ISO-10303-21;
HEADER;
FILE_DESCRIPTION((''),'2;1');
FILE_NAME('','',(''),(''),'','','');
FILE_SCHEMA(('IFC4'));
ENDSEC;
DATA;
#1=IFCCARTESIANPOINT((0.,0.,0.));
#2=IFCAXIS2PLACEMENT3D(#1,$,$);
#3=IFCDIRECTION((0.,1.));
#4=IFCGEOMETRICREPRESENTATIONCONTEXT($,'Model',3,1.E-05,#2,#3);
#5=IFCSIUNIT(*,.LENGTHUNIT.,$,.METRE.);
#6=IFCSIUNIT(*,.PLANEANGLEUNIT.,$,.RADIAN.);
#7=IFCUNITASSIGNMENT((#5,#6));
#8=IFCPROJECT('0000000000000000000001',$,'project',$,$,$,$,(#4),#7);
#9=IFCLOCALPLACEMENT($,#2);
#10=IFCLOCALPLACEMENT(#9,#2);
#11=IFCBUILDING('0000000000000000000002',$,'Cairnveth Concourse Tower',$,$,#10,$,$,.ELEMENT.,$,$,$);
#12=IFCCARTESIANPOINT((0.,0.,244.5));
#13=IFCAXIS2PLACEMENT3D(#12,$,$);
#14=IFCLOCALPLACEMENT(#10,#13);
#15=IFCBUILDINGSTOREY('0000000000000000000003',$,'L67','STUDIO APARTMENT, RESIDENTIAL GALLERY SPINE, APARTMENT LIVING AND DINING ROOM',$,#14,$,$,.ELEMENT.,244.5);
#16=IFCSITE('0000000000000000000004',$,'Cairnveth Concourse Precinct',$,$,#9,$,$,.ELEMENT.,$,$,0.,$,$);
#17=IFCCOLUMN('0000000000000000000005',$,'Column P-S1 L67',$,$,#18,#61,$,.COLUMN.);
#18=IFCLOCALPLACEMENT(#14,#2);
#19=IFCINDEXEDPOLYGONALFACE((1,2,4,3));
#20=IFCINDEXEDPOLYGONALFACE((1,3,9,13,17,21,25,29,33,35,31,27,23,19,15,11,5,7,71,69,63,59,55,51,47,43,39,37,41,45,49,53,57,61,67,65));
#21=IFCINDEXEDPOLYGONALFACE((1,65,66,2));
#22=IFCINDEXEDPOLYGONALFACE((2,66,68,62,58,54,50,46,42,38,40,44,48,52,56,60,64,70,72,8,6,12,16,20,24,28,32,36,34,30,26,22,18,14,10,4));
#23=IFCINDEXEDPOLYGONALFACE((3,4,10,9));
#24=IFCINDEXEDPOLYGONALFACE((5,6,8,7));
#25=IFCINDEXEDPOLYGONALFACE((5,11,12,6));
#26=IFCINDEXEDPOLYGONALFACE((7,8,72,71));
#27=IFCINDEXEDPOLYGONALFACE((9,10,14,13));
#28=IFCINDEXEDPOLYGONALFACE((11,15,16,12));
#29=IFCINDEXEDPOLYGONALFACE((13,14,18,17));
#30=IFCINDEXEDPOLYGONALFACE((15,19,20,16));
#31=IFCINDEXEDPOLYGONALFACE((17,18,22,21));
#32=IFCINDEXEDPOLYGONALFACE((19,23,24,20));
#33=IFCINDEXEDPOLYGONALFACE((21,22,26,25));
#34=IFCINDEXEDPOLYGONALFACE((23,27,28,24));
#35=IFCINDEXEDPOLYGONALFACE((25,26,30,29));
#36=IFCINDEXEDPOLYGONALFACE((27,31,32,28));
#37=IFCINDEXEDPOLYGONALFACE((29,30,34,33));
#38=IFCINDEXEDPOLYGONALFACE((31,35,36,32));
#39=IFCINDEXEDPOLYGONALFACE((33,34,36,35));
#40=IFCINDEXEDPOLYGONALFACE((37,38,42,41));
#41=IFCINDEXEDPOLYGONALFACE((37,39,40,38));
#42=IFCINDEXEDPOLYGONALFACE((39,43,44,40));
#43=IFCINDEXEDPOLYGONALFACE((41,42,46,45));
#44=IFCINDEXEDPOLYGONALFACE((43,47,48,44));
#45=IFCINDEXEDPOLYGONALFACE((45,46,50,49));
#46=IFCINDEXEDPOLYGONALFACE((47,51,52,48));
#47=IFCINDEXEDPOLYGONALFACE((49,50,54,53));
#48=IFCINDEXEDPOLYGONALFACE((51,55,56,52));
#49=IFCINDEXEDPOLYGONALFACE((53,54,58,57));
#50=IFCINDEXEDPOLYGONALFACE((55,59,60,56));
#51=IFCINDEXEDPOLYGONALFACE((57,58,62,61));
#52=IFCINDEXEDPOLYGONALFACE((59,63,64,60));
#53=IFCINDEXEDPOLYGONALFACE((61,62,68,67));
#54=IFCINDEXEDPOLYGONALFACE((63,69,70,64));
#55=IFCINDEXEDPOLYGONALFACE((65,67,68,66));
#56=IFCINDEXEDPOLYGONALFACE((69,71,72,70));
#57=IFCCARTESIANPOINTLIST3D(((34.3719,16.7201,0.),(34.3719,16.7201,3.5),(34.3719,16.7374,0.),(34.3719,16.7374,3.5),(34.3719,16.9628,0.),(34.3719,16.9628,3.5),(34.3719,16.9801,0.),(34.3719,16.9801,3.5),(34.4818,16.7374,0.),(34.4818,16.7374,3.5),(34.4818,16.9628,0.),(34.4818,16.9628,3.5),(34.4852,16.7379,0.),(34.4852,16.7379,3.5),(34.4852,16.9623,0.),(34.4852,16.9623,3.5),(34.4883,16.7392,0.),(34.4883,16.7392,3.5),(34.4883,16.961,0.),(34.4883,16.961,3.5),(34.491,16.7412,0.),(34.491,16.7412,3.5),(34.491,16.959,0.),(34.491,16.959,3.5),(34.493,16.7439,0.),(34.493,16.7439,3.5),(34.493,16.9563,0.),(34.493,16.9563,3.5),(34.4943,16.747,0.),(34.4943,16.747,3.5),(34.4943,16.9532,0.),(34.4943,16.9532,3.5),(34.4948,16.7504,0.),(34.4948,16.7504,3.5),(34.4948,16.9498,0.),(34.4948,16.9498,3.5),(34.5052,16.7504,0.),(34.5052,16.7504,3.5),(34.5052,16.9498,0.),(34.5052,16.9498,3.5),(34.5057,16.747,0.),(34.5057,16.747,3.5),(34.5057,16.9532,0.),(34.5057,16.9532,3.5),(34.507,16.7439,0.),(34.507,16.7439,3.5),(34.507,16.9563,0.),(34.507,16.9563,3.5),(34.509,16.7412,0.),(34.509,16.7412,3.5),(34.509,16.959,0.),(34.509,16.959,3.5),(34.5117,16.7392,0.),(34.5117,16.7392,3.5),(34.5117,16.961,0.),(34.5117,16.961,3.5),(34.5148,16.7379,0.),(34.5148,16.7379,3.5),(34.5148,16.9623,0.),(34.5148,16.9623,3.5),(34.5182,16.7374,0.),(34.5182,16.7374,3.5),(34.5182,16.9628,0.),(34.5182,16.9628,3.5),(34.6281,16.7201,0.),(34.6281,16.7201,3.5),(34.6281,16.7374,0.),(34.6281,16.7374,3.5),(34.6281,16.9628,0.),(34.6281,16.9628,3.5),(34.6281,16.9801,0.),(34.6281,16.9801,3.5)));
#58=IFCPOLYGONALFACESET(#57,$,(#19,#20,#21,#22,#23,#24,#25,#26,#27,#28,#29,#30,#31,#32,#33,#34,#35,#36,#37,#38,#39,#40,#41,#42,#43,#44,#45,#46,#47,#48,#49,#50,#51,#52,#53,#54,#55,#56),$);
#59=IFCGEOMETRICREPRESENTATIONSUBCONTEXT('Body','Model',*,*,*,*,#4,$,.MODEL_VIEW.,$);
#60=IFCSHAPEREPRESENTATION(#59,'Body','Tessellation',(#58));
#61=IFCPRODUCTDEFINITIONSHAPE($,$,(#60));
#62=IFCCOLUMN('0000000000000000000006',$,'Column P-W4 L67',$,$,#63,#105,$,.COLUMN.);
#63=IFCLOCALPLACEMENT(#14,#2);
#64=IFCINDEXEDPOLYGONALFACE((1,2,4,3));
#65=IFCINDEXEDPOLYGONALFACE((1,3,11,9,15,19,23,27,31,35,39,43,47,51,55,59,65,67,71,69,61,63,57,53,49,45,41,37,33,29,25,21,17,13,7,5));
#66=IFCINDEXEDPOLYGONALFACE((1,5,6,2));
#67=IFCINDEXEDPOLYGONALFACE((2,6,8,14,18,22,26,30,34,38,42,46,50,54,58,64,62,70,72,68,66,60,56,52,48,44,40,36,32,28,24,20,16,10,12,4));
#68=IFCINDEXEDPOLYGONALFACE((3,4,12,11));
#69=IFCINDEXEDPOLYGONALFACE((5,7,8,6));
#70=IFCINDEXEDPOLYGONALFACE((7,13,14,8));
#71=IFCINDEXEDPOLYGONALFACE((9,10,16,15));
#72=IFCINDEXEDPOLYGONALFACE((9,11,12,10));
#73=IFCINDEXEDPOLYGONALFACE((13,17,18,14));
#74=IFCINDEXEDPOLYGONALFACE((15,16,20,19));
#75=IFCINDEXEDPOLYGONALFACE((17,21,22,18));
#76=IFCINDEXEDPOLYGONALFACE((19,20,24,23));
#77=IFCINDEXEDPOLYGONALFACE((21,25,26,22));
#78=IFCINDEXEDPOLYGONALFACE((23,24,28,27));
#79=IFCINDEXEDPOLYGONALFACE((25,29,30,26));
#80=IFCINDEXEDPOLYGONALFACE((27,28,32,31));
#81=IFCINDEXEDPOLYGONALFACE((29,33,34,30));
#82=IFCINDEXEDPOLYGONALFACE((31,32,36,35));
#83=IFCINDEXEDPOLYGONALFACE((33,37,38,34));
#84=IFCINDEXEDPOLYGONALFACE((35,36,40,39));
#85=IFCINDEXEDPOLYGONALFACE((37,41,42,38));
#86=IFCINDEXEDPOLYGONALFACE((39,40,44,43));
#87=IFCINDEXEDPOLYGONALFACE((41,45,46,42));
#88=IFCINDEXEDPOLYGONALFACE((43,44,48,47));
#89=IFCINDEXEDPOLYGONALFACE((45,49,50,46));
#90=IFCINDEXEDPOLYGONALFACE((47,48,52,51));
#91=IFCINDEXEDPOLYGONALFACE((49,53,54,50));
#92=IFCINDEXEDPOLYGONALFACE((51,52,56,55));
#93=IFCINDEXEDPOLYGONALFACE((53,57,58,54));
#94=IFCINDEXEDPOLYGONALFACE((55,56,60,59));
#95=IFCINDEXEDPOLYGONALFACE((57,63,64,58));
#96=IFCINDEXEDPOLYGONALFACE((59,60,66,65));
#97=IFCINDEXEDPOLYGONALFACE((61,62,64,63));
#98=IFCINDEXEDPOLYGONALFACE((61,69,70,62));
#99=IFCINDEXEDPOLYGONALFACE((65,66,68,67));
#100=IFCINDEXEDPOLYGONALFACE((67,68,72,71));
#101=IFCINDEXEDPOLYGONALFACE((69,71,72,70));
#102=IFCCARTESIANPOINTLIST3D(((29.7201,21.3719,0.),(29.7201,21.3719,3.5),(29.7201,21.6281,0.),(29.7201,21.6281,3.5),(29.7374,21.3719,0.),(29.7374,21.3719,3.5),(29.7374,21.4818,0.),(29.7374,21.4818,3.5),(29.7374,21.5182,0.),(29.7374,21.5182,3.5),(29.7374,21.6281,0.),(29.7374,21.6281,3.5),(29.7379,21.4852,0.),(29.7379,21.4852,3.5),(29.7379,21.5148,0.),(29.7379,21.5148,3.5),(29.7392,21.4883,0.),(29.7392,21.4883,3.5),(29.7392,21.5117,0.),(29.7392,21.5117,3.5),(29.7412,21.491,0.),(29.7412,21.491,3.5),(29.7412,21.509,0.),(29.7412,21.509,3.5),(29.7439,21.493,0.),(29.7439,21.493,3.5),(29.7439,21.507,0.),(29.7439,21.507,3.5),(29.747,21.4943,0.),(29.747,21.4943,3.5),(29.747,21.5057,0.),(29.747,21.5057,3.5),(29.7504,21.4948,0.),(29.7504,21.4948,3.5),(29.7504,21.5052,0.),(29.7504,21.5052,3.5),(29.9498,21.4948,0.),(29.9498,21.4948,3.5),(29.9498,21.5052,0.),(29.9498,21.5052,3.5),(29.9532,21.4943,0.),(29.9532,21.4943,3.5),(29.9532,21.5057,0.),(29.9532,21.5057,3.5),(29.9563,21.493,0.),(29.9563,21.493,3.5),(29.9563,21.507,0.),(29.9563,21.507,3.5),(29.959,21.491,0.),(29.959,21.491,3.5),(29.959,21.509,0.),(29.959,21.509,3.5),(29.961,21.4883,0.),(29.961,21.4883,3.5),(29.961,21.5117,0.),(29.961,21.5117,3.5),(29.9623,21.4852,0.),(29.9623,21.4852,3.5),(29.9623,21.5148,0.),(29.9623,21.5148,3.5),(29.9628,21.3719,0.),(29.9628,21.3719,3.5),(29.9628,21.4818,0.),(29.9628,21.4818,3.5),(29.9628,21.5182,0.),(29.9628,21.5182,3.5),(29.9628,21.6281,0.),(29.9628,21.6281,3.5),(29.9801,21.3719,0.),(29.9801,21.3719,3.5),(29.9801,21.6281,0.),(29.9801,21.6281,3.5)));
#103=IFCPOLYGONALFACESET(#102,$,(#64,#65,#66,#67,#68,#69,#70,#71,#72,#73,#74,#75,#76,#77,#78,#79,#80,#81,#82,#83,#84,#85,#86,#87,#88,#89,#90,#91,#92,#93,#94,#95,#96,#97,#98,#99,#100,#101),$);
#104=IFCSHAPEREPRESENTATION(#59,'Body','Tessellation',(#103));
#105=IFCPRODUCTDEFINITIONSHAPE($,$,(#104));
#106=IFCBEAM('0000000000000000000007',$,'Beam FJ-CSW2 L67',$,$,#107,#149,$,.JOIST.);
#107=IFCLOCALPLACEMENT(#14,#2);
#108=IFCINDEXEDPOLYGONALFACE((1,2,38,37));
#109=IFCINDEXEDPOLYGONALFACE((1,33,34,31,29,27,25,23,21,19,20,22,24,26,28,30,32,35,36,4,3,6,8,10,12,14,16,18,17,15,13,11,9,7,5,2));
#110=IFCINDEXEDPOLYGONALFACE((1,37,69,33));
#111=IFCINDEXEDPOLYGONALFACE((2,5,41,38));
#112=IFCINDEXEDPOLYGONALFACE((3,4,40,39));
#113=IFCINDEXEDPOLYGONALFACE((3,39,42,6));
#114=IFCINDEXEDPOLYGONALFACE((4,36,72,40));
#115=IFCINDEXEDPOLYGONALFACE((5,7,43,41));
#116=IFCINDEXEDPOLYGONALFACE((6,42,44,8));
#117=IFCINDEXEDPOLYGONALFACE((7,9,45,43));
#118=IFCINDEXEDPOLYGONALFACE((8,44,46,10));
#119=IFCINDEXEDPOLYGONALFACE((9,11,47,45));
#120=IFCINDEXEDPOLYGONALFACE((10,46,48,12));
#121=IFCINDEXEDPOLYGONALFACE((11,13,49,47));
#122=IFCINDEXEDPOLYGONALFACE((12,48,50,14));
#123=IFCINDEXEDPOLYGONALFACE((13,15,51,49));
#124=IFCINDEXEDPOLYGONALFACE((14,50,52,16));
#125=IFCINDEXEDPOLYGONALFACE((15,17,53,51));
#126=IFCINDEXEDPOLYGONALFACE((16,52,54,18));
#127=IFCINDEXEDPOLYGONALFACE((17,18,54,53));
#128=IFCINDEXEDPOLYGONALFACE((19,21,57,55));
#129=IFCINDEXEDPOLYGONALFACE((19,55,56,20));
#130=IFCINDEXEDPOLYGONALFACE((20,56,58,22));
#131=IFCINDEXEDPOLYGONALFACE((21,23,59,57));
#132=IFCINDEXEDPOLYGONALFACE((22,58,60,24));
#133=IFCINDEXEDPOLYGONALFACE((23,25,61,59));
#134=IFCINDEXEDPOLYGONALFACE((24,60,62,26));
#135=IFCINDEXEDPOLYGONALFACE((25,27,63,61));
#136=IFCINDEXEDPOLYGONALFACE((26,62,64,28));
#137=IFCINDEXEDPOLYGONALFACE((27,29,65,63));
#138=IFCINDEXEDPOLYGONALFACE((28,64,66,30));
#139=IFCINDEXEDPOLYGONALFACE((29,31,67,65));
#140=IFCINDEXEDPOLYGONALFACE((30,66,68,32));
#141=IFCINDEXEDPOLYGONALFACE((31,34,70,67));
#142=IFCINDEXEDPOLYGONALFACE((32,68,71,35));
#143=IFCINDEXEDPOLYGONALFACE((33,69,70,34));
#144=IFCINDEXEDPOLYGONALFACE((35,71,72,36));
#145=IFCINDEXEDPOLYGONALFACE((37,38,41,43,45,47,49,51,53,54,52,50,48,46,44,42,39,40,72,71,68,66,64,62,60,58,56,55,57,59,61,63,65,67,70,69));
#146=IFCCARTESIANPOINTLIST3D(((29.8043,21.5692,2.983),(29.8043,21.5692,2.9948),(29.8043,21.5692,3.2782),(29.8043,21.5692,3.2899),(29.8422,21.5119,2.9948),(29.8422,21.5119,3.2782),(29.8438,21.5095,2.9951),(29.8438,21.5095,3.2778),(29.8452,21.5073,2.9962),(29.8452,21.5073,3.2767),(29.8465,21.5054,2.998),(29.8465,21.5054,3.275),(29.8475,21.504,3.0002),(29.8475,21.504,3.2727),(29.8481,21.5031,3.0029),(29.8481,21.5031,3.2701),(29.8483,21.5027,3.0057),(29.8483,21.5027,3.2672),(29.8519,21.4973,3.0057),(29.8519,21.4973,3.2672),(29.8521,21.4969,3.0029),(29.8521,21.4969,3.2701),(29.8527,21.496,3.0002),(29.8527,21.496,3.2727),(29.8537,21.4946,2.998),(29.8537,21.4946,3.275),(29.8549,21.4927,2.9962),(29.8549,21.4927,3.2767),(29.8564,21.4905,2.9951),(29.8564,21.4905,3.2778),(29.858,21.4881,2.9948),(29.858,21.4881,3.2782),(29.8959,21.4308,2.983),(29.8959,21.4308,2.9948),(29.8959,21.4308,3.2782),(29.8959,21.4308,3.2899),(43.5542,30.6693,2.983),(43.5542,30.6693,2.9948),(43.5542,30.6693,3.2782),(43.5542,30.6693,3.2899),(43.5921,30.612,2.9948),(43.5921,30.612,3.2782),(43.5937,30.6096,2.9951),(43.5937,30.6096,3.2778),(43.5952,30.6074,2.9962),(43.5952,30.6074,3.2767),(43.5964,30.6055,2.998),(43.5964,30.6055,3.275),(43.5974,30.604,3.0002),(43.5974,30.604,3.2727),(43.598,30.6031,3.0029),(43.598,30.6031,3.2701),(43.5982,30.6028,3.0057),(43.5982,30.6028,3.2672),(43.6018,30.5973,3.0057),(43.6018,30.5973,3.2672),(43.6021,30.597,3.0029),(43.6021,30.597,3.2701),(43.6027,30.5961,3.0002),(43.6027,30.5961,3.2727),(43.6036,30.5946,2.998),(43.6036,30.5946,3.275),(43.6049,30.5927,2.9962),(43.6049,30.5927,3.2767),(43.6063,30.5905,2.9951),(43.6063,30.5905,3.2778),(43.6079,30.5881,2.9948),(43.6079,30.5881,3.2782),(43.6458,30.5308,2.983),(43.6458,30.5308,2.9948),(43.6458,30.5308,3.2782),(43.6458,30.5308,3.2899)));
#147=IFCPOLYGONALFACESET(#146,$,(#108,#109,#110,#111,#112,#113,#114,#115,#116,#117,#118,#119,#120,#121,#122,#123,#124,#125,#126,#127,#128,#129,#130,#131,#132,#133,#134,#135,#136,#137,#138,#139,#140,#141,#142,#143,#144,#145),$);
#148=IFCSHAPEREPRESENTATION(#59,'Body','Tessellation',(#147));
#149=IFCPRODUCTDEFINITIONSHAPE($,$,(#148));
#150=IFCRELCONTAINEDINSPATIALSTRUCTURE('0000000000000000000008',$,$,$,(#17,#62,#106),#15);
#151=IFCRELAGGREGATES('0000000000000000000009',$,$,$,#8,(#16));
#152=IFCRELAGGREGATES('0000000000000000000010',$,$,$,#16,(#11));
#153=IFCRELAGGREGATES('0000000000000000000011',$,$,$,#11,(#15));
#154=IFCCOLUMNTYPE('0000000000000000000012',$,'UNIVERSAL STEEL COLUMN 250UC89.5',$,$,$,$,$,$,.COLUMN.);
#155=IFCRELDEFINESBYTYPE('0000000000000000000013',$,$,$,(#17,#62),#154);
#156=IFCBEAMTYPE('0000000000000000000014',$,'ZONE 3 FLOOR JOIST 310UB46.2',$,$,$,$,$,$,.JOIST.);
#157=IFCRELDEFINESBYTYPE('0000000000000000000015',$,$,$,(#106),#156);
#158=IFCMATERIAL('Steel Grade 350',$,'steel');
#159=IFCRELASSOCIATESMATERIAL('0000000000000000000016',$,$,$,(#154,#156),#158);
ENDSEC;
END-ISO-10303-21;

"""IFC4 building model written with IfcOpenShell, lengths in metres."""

from ifc_helpers import new_model, si_unit, direction, frame, origin, origin_2d, place, context, subcontext, project, spatial, i_section, extrude, material, material_profile, profile_set, type_object, element, save


model = new_model("IFC4")

# Units and contexts
model_context = context("Model", 3, precision=1e-05, world=origin(), true_north=direction((0.0, 1.0)))
body_context = subcontext(model_context, "Body", "Model", "MODEL_VIEW")
ifc_project = project(units=[si_unit("LENGTHUNIT", "METRE"), si_unit("PLANEANGLEUNIT", "RADIAN")], contexts=[model_context])

# Site, building, storey
site_placement = place(None, origin())
site = spatial("IfcSite", under=ifc_project, at=site_placement, Name="Cairnveth Concourse Precinct", CompositionType="ELEMENT", RefElevation=0.0)
building_placement = place(site_placement, origin())
building = spatial("IfcBuilding", under=site, at=building_placement, Name="Cairnveth Concourse Tower", CompositionType="ELEMENT")
storey_placement = place(building_placement, frame((0.0, 0.0, 244.5)))
storey = spatial("IfcBuildingStorey", under=building, at=storey_placement, Name="L67", Description="STUDIO APARTMENT, RESIDENTIAL GALLERY SPINE, APARTMENT LIVING AND DINING ROOM", CompositionType="ELEMENT", Elevation=244.5)

# Columns
ifc_material_1 = material(Name="Steel Grade 350", Category="steel")
ifc_material_profile_1 = material_profile(ifc_material_1, i_section(OverallWidth=0.2561, OverallDepth=0.26, WebThickness=0.0105, FlangeThickness=0.0173, FilletRadius=0.0129, at=origin_2d()), Name="250UC89.5")
ifc_profile_set_1 = profile_set([ifc_material_profile_1], Name="Steel Grade 350")
column_type = type_object("IfcColumnType", Name="UNIVERSAL STEEL COLUMN 250UC89.5", PredefinedType="COLUMN", material=ifc_profile_set_1)
for number, where, z_axis, x_axis, name in (
    (1, (34.5, 16.8501, 0.0), (0.0, 0.0, 1.0), (1.0, 0.0, 0.0), "Column P-S1 L67"),
    (2, (29.8501, 21.5, 0.0), (0.0, 0.0, 1.0), (0.0, 1.0, 0.0), "Column P-W4 L67"),
):
    element("IfcColumn", number, at=place(storey_placement, frame(where, z_axis=z_axis, x_axis=x_axis)), inside=storey, type_object=column_type, Name=name, PredefinedType="COLUMN", context=body_context, shape_type="SweptSolid", body=[
        extrude(i_section(OverallWidth=0.2561, OverallDepth=0.26, WebThickness=0.0105, FlangeThickness=0.0173, FilletRadius=0.0129, at=origin_2d()), origin(), (0.0, 0.0, 1.0), 3.5),
    ])

# Beam
ifc_material_profile_2 = material_profile(ifc_material_1, i_section(OverallWidth=0.166, OverallDepth=0.3069, WebThickness=0.0066, FlangeThickness=0.0117, FilletRadius=0.011, at=origin_2d()), Name="310UB46.2")
ifc_profile_set_2 = profile_set([ifc_material_profile_2], Name="Steel Grade 350")
beam_type_1 = type_object("IfcBeamType", Name="ZONE 3 FLOOR JOIST 310UB46.2", PredefinedType="JOIST", material=ifc_profile_set_2)
beam_1_placement = place(storey_placement, frame((29.8501, 21.5, 3.1365), z_axis=(0.833909, 0.551902, 0.0), x_axis=(-0.551902, 0.833909, 0.0)))
element("IfcBeam", 3, at=beam_1_placement, inside=storey, type_object=beam_type_1, Name="Beam FJ-CSW2 L67", PredefinedType="JOIST", context=body_context, shape_type="SweptSolid", body=[
    extrude(i_section(OverallWidth=0.166, OverallDepth=0.3069, WebThickness=0.0066, FlangeThickness=0.0117, FilletRadius=0.011, at=origin_2d()), origin(), (0.0, 0.0, 1.0), 16.4885),
])

save(model, "model.ifc")
